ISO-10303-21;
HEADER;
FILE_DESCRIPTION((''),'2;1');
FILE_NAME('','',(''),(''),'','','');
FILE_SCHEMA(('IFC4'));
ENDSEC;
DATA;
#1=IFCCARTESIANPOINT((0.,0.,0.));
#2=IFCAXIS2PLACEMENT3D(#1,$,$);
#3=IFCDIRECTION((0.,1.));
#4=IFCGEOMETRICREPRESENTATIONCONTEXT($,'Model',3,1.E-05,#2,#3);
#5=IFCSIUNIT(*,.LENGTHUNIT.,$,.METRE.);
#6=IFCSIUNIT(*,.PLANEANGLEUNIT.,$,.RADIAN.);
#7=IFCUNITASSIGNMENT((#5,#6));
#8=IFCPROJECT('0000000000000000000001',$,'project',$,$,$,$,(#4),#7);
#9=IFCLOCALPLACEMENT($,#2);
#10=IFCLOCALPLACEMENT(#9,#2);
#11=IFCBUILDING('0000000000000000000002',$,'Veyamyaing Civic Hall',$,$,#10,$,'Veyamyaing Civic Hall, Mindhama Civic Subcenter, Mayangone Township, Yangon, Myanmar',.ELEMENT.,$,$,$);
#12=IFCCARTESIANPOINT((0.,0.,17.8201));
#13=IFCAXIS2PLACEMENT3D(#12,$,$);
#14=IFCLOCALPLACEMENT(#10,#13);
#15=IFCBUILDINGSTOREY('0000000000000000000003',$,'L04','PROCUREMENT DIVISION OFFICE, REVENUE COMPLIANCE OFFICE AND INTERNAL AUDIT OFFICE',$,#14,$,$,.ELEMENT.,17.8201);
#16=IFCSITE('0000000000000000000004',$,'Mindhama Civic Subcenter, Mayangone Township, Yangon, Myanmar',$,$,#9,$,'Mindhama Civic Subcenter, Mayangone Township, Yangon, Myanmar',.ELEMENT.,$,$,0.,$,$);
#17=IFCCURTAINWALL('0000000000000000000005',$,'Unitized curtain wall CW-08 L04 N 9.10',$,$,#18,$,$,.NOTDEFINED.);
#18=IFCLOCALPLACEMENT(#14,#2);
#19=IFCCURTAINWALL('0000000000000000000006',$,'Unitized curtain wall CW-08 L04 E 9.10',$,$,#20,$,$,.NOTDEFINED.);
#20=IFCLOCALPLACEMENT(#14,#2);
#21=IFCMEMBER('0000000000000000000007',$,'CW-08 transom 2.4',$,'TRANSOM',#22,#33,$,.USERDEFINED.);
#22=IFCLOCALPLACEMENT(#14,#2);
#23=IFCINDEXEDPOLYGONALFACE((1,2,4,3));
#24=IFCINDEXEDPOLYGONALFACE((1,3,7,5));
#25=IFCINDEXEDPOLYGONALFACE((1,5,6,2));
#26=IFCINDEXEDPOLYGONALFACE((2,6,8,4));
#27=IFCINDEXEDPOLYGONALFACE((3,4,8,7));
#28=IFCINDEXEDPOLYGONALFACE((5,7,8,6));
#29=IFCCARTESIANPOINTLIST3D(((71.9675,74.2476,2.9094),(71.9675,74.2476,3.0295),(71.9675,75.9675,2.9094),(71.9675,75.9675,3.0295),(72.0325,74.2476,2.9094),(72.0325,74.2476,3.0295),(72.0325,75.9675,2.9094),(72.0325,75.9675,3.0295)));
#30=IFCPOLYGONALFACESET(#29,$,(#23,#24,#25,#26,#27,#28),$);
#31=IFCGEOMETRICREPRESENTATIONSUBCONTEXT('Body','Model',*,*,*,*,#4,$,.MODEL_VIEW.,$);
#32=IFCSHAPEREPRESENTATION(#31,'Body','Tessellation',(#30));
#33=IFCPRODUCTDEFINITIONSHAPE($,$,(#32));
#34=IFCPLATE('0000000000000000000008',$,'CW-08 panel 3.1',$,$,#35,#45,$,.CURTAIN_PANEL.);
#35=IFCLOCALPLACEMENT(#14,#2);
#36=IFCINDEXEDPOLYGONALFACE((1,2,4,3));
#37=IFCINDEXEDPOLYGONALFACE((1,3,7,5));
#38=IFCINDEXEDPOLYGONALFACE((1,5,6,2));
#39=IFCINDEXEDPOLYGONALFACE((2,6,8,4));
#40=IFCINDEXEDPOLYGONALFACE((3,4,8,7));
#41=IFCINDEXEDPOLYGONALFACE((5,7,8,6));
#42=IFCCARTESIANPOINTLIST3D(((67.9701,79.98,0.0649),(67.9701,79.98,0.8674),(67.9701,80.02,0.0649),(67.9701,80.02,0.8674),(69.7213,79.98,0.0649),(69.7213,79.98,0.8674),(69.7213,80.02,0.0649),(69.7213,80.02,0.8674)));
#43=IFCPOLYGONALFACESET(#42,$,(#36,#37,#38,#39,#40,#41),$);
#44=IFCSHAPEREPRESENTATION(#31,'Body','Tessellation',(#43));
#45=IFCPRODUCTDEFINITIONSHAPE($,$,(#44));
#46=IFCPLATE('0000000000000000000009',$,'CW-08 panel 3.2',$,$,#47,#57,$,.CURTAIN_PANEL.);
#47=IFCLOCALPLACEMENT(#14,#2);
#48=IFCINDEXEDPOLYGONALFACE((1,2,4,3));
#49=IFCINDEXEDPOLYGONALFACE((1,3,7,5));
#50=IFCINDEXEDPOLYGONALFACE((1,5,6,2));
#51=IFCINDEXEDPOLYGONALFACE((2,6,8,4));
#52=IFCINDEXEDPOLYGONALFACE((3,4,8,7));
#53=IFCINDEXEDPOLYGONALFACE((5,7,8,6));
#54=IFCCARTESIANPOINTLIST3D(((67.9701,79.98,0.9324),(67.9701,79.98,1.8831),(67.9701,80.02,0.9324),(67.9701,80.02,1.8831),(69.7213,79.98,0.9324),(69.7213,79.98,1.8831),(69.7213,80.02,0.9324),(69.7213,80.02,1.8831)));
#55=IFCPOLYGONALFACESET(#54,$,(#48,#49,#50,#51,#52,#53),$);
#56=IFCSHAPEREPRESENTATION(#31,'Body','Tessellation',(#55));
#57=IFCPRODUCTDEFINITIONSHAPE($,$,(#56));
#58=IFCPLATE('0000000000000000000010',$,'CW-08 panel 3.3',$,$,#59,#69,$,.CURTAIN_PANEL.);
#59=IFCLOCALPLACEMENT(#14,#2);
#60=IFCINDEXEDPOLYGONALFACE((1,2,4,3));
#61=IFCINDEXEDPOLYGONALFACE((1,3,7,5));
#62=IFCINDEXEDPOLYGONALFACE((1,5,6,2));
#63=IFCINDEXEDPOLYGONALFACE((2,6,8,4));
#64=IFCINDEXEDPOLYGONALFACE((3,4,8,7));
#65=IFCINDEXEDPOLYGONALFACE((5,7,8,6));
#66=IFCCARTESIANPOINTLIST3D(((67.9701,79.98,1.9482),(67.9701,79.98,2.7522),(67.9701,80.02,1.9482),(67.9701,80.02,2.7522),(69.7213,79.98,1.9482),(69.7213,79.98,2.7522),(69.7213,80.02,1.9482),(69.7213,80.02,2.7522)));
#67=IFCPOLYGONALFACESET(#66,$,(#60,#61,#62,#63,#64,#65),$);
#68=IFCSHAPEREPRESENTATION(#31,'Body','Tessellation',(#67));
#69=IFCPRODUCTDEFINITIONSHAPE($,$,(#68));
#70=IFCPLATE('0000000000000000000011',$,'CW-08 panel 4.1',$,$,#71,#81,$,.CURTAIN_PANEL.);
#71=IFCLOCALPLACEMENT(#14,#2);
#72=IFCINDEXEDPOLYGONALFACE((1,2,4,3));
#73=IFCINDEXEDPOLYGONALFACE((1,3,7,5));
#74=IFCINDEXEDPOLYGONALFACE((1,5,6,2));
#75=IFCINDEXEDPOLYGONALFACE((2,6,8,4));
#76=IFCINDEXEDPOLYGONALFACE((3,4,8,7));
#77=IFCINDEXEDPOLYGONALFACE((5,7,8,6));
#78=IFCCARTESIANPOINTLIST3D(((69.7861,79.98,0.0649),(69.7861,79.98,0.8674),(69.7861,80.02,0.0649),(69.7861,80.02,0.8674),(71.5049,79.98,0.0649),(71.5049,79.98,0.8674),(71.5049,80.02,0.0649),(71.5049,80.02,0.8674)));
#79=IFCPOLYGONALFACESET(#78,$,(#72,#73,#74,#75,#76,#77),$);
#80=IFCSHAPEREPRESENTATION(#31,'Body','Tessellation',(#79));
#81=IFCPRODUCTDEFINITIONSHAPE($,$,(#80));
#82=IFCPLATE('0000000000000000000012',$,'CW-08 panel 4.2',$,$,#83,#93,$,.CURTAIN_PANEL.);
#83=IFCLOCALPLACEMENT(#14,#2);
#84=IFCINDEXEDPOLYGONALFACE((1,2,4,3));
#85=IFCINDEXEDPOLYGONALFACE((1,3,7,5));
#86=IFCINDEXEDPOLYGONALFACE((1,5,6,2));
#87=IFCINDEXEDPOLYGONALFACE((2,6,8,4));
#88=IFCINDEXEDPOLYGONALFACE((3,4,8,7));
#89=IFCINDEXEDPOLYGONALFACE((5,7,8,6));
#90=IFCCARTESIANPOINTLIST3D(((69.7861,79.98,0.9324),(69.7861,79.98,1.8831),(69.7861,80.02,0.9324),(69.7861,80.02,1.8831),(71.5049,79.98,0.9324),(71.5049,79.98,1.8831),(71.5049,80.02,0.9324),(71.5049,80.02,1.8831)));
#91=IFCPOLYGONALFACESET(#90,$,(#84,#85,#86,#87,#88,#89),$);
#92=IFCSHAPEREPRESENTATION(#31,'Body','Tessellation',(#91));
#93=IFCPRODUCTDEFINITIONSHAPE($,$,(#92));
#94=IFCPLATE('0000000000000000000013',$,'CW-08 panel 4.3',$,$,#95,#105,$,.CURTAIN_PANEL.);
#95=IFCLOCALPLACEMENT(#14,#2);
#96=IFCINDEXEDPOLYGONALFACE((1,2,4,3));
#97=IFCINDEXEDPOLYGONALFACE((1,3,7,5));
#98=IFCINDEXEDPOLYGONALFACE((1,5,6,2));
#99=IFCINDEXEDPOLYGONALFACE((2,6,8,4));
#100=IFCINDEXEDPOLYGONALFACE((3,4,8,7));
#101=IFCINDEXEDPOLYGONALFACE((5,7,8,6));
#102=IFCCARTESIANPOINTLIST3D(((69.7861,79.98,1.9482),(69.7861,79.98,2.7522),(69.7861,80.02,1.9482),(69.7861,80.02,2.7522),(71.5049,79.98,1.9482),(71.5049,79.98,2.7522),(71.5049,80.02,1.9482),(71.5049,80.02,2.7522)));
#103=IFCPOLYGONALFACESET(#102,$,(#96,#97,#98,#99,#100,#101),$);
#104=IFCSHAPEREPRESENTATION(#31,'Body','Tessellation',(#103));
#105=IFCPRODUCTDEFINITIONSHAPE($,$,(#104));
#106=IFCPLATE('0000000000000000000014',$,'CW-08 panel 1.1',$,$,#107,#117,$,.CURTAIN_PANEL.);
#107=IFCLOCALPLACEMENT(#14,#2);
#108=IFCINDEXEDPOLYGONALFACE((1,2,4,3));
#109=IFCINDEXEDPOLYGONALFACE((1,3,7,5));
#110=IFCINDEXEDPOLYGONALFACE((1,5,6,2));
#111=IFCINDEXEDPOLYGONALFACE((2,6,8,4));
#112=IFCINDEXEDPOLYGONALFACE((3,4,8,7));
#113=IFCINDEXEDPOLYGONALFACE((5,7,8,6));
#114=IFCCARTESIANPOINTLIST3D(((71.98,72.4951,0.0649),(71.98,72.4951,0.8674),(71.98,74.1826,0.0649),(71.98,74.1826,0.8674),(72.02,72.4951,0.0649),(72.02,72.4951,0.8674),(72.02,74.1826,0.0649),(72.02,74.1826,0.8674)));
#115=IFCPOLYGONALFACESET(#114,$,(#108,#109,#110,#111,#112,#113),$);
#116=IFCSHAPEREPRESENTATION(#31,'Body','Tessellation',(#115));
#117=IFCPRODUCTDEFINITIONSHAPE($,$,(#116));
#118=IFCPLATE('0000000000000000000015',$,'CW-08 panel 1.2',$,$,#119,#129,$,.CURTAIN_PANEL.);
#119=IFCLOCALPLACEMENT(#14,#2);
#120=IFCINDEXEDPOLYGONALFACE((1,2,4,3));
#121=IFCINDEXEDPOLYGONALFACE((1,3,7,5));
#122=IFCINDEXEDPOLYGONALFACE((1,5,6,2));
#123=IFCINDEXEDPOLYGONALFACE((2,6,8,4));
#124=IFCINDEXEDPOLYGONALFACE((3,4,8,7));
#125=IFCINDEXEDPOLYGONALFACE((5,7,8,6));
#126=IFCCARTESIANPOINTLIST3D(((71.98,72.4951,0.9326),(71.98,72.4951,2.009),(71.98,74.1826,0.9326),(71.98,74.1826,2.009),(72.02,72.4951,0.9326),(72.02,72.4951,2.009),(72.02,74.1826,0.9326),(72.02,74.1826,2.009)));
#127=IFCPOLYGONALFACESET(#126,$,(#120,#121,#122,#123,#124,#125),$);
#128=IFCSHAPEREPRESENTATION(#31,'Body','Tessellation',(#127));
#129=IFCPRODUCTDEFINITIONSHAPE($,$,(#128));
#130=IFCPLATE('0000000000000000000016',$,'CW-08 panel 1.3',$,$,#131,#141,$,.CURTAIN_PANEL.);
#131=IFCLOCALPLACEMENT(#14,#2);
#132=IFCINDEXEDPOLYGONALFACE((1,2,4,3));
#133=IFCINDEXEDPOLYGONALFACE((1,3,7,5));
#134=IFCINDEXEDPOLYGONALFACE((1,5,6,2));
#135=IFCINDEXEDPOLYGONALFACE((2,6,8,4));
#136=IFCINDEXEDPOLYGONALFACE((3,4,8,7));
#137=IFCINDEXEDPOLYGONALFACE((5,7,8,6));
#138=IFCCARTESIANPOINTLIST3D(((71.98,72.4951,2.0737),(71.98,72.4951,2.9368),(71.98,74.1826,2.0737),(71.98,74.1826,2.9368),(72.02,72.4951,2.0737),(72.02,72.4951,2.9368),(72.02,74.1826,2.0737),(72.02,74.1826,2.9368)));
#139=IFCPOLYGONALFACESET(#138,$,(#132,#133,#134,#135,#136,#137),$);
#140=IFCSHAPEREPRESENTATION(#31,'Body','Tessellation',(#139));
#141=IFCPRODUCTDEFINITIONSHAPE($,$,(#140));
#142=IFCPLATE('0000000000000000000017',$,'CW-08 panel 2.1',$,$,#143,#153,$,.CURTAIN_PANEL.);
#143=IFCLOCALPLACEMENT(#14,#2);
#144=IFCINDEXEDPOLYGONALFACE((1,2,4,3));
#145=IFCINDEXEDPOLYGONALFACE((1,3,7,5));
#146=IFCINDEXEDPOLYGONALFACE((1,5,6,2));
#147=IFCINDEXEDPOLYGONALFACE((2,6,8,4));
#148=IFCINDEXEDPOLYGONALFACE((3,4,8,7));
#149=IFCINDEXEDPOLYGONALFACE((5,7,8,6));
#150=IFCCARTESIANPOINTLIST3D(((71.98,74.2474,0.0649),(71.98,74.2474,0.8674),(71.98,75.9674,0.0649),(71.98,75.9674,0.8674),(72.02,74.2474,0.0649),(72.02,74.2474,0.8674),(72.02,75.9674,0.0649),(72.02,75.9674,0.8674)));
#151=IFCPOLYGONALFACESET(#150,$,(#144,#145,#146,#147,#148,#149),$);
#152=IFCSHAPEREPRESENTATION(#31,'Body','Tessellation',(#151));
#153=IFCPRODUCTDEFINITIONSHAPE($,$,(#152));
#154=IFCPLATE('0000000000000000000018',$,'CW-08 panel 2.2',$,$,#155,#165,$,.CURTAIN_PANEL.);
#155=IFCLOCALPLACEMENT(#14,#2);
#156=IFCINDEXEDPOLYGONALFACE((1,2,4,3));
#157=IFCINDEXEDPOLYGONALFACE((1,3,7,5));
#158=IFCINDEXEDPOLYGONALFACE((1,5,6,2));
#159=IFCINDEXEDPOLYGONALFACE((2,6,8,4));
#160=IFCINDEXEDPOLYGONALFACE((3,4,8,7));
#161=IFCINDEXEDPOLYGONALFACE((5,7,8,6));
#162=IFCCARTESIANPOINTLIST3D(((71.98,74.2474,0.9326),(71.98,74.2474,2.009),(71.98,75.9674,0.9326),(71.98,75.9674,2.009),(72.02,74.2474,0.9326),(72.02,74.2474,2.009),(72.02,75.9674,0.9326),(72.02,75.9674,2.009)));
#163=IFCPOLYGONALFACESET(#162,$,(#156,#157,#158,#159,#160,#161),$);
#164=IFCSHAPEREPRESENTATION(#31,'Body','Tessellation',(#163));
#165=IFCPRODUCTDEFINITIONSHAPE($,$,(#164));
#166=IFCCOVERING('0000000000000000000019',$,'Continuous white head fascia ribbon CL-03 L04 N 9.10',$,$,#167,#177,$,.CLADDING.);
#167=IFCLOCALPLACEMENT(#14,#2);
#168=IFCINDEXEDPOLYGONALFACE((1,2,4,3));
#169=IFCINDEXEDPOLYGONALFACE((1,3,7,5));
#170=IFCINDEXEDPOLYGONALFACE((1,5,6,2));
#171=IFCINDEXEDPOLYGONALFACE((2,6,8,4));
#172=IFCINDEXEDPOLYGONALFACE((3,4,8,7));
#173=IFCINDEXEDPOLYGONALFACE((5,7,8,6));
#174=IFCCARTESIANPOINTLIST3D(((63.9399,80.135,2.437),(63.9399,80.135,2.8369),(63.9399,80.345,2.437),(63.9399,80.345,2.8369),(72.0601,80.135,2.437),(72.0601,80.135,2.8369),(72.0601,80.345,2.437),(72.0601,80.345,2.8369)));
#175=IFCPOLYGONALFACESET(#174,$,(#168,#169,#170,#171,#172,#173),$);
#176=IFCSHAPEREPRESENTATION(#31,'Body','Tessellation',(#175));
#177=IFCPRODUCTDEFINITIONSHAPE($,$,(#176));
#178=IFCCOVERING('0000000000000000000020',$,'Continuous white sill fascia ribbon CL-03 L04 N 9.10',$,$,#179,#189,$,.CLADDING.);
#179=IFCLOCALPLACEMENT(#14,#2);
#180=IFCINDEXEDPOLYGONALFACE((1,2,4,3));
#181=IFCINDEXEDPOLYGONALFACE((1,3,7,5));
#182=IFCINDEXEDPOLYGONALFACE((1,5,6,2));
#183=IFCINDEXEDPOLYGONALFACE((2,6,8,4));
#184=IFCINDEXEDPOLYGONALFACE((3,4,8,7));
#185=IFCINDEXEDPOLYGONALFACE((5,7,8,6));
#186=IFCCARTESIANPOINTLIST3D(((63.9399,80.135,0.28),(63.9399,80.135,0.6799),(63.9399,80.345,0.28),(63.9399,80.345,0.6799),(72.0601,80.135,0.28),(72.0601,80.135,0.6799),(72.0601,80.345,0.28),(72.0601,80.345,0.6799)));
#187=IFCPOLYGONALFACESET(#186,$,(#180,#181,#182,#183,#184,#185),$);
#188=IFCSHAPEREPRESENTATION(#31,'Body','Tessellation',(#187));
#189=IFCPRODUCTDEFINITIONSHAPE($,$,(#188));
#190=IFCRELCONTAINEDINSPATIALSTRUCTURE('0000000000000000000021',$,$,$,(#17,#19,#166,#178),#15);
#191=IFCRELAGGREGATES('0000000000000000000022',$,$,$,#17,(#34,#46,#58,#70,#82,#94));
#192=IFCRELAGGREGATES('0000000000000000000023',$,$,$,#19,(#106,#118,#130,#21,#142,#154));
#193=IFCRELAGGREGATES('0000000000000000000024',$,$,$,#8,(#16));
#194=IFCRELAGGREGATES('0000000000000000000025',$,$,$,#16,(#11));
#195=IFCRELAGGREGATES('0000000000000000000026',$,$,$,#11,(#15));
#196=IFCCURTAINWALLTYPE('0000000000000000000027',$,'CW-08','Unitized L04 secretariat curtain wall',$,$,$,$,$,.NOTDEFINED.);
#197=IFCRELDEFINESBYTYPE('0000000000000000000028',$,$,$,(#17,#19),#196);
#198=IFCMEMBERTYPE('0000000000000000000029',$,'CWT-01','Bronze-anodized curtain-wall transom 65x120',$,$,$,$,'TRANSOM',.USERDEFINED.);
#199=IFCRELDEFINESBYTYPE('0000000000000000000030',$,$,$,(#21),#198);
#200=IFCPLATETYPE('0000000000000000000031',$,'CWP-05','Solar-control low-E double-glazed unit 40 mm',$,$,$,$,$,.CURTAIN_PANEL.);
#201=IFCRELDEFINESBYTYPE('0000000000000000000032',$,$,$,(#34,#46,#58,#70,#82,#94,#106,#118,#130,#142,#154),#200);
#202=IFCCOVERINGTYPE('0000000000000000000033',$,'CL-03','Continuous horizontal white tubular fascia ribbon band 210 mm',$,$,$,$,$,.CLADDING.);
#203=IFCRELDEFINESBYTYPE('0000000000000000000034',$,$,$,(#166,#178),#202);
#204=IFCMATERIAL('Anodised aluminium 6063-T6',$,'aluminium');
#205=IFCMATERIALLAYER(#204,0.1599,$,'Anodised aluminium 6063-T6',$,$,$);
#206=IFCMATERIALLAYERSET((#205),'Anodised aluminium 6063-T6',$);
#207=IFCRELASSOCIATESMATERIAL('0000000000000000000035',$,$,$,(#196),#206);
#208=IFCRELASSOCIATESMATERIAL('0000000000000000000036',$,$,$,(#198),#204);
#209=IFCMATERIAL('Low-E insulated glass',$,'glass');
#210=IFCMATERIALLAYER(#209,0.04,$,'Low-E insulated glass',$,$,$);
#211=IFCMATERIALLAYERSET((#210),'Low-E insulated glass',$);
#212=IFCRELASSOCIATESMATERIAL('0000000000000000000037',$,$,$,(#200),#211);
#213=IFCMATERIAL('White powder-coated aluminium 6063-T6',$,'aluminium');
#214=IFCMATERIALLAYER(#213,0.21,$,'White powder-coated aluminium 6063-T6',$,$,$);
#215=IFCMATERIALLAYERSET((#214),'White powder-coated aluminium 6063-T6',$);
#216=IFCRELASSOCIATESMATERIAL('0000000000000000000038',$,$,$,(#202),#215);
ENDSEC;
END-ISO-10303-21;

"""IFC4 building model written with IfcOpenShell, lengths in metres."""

from ifc_helpers import new_model, si_unit, direction, frame, origin, origin_2d, place, context, subcontext, project, spatial, rectangle, extrude, material, layer, layer_set, material_profile, profile_set, type_object, element, aggregate, save


model = new_model("IFC4")

# Units and contexts
model_context = context("Model", 3, precision=1e-05, world=origin(), true_north=direction((0.0, 1.0)))
body_context = subcontext(model_context, "Body", "Model", "MODEL_VIEW")
ifc_project = project(units=[si_unit("LENGTHUNIT", "METRE"), si_unit("PLANEANGLEUNIT", "RADIAN")], contexts=[model_context])

# Site, building, storey
site_placement = place(None, origin())
site = spatial("IfcSite", under=ifc_project, at=site_placement, Name="Mindhama Civic Subcenter, Mayangone Township, Yangon, Myanmar", LongName="Mindhama Civic Subcenter, Mayangone Township, Yangon, Myanmar", CompositionType="ELEMENT", RefElevation=0.0)
building_placement = place(site_placement, origin())
building = spatial("IfcBuilding", under=site, at=building_placement, Name="Veyamyaing Civic Hall", LongName="Veyamyaing Civic Hall, Mindhama Civic Subcenter, Mayangone Township, Yangon, Myanmar", CompositionType="ELEMENT")
storey_placement = place(building_placement, frame((0.0, 0.0, 17.8201)))
storey = spatial("IfcBuildingStorey", under=building, at=storey_placement, Name="L04", Description="PROCUREMENT DIVISION OFFICE, REVENUE COMPLIANCE OFFICE AND INTERNAL AUDIT OFFICE", CompositionType="ELEMENT", Elevation=17.8201)

# Curtain wall
ifc_material_1 = material(Name="Anodised aluminium 6063-T6", Category="aluminium")
ifc_layer_1 = layer(ifc_material_1, 0.1599, Name="Anodised aluminium 6063-T6")
ifc_layer_set_1 = layer_set([ifc_layer_1], Name="Anodised aluminium 6063-T6")
curtain_wall_type = type_object("IfcCurtainWallType", Name="CW-08", Description="Unitized L04 secretariat curtain wall", PredefinedType="NOTDEFINED", material=ifc_layer_set_1)
curtain_wall_1_placement = place(storey_placement, origin())
curtain_wall_1 = element("IfcCurtainWall", 1, at=curtain_wall_1_placement, inside=storey, type_object=curtain_wall_type, Name="Unitized curtain wall CW-08 L04 N 9.10", PredefinedType="NOTDEFINED")

# Curtain wall
curtain_wall_2_placement = place(storey_placement, origin())
curtain_wall_2 = element("IfcCurtainWall", 2, at=curtain_wall_2_placement, inside=storey, type_object=curtain_wall_type, Name="Unitized curtain wall CW-08 L04 E 9.10", PredefinedType="NOTDEFINED")

# Member
ifc_material_profile_1 = material_profile(ifc_material_1, rectangle(XDim=0.0649, YDim=0.1201, at=origin_2d()), Name="ALU-TRN-65X120")
ifc_profile_set_1 = profile_set([ifc_material_profile_1], Name="Anodised aluminium 6063-T6")
member_type_1 = type_object("IfcMemberType", Name="CWT-01", Description="Bronze-anodized curtain-wall transom 65x120", ElementType="TRANSOM", PredefinedType="USERDEFINED", material=ifc_profile_set_1)
member_1_placement = place(storey_placement, frame((72.0, 74.2476, 2.9695), z_axis=(0.0, 1.0, 0.0), x_axis=(-1.0, 0.0, 0.0)))
member_1 = element("IfcMember", 3, at=member_1_placement, type_object=member_type_1, Name="CW-08 transom 2.4", ObjectType="TRANSOM", PredefinedType="USERDEFINED", context=body_context, shape_type="SweptSolid", body=[
    extrude(rectangle(XDim=0.0649, YDim=0.1201, at=origin_2d()), origin(), (0.0, 0.0, 1.0), 1.72),
])

# Plates
ifc_material_2 = material(Name="Low-E insulated glass", Category="glass")
ifc_layer_2 = layer(ifc_material_2, 0.04, Name="Low-E insulated glass")
ifc_layer_set_2 = layer_set([ifc_layer_2], Name="Low-E insulated glass")
plate_type = type_object("IfcPlateType", Name="CWP-05", Description="Solar-control low-E double-glazed unit 40 mm", PredefinedType="CURTAIN_PANEL", material=ifc_layer_set_2)
plate_1_placement = place(storey_placement, frame((68.8457, 80.0, 0.0649), z_axis=(0.0, 0.0, 1.0), x_axis=(1.0, 0.0, 0.0)))
plate_1 = element("IfcPlate", 4, at=plate_1_placement, type_object=plate_type, Name="CW-08 panel 3.1", PredefinedType="CURTAIN_PANEL", context=body_context, shape_type="SweptSolid", body=[
    extrude(rectangle(XDim=1.7512, YDim=0.04, at=origin_2d()), origin(), (0.0, 0.0, 1.0), 0.8025),
])
plate_2_placement = place(storey_placement, frame((68.8457, 80.0, 0.9324), z_axis=(0.0, 0.0, 1.0), x_axis=(1.0, 0.0, 0.0)))
plate_2 = element("IfcPlate", 5, at=plate_2_placement, type_object=plate_type, Name="CW-08 panel 3.2", PredefinedType="CURTAIN_PANEL", context=body_context, shape_type="SweptSolid", body=[
    extrude(rectangle(XDim=1.7512, YDim=0.04, at=origin_2d()), origin(), (0.0, 0.0, 1.0), 0.9507),
])
plate_3_placement = place(storey_placement, frame((68.8457, 80.0, 1.9482), z_axis=(0.0, 0.0, 1.0), x_axis=(1.0, 0.0, 0.0)))
plate_3 = element("IfcPlate", 6, at=plate_3_placement, type_object=plate_type, Name="CW-08 panel 3.3", PredefinedType="CURTAIN_PANEL", context=body_context, shape_type="SweptSolid", body=[
    extrude(rectangle(XDim=1.7512, YDim=0.04, at=origin_2d()), origin(), (0.0, 0.0, 1.0), 0.804),
])
plate_4_placement = place(storey_placement, frame((70.6455, 80.0, 0.0649), z_axis=(0.0, 0.0, 1.0), x_axis=(1.0, 0.0, 0.0)))
plate_4 = element("IfcPlate", 7, at=plate_4_placement, type_object=plate_type, Name="CW-08 panel 4.1", PredefinedType="CURTAIN_PANEL", context=body_context, shape_type="SweptSolid", body=[
    extrude(rectangle(XDim=1.7188, YDim=0.04, at=origin_2d()), origin(), (0.0, 0.0, 1.0), 0.8025),
])
plate_5_placement = place(storey_placement, frame((70.6455, 80.0, 0.9324), z_axis=(0.0, 0.0, 1.0), x_axis=(1.0, 0.0, 0.0)))
plate_5 = element("IfcPlate", 8, at=plate_5_placement, type_object=plate_type, Name="CW-08 panel 4.2", PredefinedType="CURTAIN_PANEL", context=body_context, shape_type="SweptSolid", body=[
    extrude(rectangle(XDim=1.7188, YDim=0.04, at=origin_2d()), origin(), (0.0, 0.0, 1.0), 0.9507),
])
plate_6_placement = place(storey_placement, frame((70.6455, 80.0, 1.9482), z_axis=(0.0, 0.0, 1.0), x_axis=(1.0, 0.0, 0.0)))
plate_6 = element("IfcPlate", 9, at=plate_6_placement, type_object=plate_type, Name="CW-08 panel 4.3", PredefinedType="CURTAIN_PANEL", context=body_context, shape_type="SweptSolid", body=[
    extrude(rectangle(XDim=1.7188, YDim=0.04, at=origin_2d()), origin(), (0.0, 0.0, 1.0), 0.804),
])
aggregate(curtain_wall_1, [plate_1, plate_2, plate_3, plate_4, plate_5, plate_6])
plate_7_placement = place(storey_placement, frame((72.0, 73.3389, 0.0649), z_axis=(0.0, 0.0, 1.0), x_axis=(0.0, 1.0, 0.0)))
plate_7 = element("IfcPlate", 10, at=plate_7_placement, type_object=plate_type, Name="CW-08 panel 1.1", PredefinedType="CURTAIN_PANEL", context=body_context, shape_type="SweptSolid", body=[
    extrude(rectangle(XDim=1.6875, YDim=0.04, at=origin_2d()), origin(), (0.0, 0.0, 1.0), 0.8025),
])
plate_8_placement = place(storey_placement, frame((72.0, 73.3389, 0.9326), z_axis=(0.0, 0.0, 1.0), x_axis=(0.0, 1.0, 0.0)))
plate_8 = element("IfcPlate", 11, at=plate_8_placement, type_object=plate_type, Name="CW-08 panel 1.2", PredefinedType="CURTAIN_PANEL", context=body_context, shape_type="SweptSolid", body=[
    extrude(rectangle(XDim=1.6875, YDim=0.04, at=origin_2d()), origin(), (0.0, 0.0, 1.0), 1.0764),
])
plate_9_placement = place(storey_placement, frame((72.0, 73.3389, 2.0737), z_axis=(0.0, 0.0, 1.0), x_axis=(0.0, 1.0, 0.0)))
plate_9 = element("IfcPlate", 12, at=plate_9_placement, type_object=plate_type, Name="CW-08 panel 1.3", PredefinedType="CURTAIN_PANEL", context=body_context, shape_type="SweptSolid", body=[
    extrude(rectangle(XDim=1.6875, YDim=0.04, at=origin_2d()), origin(), (0.0, 0.0, 1.0), 0.863),
])
plate_10_placement = place(storey_placement, frame((72.0, 75.1074, 0.0649), z_axis=(0.0, 0.0, 1.0), x_axis=(0.0, 1.0, 0.0)))
plate_10 = element("IfcPlate", 13, at=plate_10_placement, type_object=plate_type, Name="CW-08 panel 2.1", PredefinedType="CURTAIN_PANEL", context=body_context, shape_type="SweptSolid", body=[
    extrude(rectangle(XDim=1.72, YDim=0.04, at=origin_2d()), origin(), (0.0, 0.0, 1.0), 0.8025),
])
plate_11_placement = place(storey_placement, frame((72.0, 75.1074, 0.9326), z_axis=(0.0, 0.0, 1.0), x_axis=(0.0, 1.0, 0.0)))
plate_11 = element("IfcPlate", 14, at=plate_11_placement, type_object=plate_type, Name="CW-08 panel 2.2", PredefinedType="CURTAIN_PANEL", context=body_context, shape_type="SweptSolid", body=[
    extrude(rectangle(XDim=1.72, YDim=0.04, at=origin_2d()), origin(), (0.0, 0.0, 1.0), 1.0764),
])
aggregate(curtain_wall_2, [plate_7, plate_8, plate_9, member_1, plate_10, plate_11])

# Coverings
ifc_material_3 = material(Name="White powder-coated aluminium 6063-T6", Category="aluminium")
ifc_layer_3 = layer(ifc_material_3, 0.21, Name="White powder-coated aluminium 6063-T6")
ifc_layer_set_3 = layer_set([ifc_layer_3], Name="White powder-coated aluminium 6063-T6")
covering_type = type_object("IfcCoveringType", Name="CL-03", Description="Continuous horizontal white tubular fascia ribbon band 210 mm", PredefinedType="CLADDING", material=ifc_layer_set_3)
for number, where, z_axis, x_axis, name in (
    (15, (68.0, 80.24, 2.437), (0.0, 0.0, 1.0), (1.0, 0.0, 0.0), "Continuous white head fascia ribbon CL-03 L04 N 9.10"),
    (16, (68.0, 80.24, 0.28), (0.0, 0.0, 1.0), (1.0, 0.0, 0.0), "Continuous white sill fascia ribbon CL-03 L04 N 9.10"),
):
    element("IfcCovering", number, at=place(storey_placement, frame(where, z_axis=z_axis, x_axis=x_axis)), inside=storey, type_object=covering_type, Name=name, PredefinedType="CLADDING", context=body_context, shape_type="SweptSolid", body=[
        extrude(rectangle(XDim=8.1201, YDim=0.21, at=origin_2d()), origin(), (0.0, 0.0, 1.0), 0.3999),
    ])

save(model, "model.ifc")
